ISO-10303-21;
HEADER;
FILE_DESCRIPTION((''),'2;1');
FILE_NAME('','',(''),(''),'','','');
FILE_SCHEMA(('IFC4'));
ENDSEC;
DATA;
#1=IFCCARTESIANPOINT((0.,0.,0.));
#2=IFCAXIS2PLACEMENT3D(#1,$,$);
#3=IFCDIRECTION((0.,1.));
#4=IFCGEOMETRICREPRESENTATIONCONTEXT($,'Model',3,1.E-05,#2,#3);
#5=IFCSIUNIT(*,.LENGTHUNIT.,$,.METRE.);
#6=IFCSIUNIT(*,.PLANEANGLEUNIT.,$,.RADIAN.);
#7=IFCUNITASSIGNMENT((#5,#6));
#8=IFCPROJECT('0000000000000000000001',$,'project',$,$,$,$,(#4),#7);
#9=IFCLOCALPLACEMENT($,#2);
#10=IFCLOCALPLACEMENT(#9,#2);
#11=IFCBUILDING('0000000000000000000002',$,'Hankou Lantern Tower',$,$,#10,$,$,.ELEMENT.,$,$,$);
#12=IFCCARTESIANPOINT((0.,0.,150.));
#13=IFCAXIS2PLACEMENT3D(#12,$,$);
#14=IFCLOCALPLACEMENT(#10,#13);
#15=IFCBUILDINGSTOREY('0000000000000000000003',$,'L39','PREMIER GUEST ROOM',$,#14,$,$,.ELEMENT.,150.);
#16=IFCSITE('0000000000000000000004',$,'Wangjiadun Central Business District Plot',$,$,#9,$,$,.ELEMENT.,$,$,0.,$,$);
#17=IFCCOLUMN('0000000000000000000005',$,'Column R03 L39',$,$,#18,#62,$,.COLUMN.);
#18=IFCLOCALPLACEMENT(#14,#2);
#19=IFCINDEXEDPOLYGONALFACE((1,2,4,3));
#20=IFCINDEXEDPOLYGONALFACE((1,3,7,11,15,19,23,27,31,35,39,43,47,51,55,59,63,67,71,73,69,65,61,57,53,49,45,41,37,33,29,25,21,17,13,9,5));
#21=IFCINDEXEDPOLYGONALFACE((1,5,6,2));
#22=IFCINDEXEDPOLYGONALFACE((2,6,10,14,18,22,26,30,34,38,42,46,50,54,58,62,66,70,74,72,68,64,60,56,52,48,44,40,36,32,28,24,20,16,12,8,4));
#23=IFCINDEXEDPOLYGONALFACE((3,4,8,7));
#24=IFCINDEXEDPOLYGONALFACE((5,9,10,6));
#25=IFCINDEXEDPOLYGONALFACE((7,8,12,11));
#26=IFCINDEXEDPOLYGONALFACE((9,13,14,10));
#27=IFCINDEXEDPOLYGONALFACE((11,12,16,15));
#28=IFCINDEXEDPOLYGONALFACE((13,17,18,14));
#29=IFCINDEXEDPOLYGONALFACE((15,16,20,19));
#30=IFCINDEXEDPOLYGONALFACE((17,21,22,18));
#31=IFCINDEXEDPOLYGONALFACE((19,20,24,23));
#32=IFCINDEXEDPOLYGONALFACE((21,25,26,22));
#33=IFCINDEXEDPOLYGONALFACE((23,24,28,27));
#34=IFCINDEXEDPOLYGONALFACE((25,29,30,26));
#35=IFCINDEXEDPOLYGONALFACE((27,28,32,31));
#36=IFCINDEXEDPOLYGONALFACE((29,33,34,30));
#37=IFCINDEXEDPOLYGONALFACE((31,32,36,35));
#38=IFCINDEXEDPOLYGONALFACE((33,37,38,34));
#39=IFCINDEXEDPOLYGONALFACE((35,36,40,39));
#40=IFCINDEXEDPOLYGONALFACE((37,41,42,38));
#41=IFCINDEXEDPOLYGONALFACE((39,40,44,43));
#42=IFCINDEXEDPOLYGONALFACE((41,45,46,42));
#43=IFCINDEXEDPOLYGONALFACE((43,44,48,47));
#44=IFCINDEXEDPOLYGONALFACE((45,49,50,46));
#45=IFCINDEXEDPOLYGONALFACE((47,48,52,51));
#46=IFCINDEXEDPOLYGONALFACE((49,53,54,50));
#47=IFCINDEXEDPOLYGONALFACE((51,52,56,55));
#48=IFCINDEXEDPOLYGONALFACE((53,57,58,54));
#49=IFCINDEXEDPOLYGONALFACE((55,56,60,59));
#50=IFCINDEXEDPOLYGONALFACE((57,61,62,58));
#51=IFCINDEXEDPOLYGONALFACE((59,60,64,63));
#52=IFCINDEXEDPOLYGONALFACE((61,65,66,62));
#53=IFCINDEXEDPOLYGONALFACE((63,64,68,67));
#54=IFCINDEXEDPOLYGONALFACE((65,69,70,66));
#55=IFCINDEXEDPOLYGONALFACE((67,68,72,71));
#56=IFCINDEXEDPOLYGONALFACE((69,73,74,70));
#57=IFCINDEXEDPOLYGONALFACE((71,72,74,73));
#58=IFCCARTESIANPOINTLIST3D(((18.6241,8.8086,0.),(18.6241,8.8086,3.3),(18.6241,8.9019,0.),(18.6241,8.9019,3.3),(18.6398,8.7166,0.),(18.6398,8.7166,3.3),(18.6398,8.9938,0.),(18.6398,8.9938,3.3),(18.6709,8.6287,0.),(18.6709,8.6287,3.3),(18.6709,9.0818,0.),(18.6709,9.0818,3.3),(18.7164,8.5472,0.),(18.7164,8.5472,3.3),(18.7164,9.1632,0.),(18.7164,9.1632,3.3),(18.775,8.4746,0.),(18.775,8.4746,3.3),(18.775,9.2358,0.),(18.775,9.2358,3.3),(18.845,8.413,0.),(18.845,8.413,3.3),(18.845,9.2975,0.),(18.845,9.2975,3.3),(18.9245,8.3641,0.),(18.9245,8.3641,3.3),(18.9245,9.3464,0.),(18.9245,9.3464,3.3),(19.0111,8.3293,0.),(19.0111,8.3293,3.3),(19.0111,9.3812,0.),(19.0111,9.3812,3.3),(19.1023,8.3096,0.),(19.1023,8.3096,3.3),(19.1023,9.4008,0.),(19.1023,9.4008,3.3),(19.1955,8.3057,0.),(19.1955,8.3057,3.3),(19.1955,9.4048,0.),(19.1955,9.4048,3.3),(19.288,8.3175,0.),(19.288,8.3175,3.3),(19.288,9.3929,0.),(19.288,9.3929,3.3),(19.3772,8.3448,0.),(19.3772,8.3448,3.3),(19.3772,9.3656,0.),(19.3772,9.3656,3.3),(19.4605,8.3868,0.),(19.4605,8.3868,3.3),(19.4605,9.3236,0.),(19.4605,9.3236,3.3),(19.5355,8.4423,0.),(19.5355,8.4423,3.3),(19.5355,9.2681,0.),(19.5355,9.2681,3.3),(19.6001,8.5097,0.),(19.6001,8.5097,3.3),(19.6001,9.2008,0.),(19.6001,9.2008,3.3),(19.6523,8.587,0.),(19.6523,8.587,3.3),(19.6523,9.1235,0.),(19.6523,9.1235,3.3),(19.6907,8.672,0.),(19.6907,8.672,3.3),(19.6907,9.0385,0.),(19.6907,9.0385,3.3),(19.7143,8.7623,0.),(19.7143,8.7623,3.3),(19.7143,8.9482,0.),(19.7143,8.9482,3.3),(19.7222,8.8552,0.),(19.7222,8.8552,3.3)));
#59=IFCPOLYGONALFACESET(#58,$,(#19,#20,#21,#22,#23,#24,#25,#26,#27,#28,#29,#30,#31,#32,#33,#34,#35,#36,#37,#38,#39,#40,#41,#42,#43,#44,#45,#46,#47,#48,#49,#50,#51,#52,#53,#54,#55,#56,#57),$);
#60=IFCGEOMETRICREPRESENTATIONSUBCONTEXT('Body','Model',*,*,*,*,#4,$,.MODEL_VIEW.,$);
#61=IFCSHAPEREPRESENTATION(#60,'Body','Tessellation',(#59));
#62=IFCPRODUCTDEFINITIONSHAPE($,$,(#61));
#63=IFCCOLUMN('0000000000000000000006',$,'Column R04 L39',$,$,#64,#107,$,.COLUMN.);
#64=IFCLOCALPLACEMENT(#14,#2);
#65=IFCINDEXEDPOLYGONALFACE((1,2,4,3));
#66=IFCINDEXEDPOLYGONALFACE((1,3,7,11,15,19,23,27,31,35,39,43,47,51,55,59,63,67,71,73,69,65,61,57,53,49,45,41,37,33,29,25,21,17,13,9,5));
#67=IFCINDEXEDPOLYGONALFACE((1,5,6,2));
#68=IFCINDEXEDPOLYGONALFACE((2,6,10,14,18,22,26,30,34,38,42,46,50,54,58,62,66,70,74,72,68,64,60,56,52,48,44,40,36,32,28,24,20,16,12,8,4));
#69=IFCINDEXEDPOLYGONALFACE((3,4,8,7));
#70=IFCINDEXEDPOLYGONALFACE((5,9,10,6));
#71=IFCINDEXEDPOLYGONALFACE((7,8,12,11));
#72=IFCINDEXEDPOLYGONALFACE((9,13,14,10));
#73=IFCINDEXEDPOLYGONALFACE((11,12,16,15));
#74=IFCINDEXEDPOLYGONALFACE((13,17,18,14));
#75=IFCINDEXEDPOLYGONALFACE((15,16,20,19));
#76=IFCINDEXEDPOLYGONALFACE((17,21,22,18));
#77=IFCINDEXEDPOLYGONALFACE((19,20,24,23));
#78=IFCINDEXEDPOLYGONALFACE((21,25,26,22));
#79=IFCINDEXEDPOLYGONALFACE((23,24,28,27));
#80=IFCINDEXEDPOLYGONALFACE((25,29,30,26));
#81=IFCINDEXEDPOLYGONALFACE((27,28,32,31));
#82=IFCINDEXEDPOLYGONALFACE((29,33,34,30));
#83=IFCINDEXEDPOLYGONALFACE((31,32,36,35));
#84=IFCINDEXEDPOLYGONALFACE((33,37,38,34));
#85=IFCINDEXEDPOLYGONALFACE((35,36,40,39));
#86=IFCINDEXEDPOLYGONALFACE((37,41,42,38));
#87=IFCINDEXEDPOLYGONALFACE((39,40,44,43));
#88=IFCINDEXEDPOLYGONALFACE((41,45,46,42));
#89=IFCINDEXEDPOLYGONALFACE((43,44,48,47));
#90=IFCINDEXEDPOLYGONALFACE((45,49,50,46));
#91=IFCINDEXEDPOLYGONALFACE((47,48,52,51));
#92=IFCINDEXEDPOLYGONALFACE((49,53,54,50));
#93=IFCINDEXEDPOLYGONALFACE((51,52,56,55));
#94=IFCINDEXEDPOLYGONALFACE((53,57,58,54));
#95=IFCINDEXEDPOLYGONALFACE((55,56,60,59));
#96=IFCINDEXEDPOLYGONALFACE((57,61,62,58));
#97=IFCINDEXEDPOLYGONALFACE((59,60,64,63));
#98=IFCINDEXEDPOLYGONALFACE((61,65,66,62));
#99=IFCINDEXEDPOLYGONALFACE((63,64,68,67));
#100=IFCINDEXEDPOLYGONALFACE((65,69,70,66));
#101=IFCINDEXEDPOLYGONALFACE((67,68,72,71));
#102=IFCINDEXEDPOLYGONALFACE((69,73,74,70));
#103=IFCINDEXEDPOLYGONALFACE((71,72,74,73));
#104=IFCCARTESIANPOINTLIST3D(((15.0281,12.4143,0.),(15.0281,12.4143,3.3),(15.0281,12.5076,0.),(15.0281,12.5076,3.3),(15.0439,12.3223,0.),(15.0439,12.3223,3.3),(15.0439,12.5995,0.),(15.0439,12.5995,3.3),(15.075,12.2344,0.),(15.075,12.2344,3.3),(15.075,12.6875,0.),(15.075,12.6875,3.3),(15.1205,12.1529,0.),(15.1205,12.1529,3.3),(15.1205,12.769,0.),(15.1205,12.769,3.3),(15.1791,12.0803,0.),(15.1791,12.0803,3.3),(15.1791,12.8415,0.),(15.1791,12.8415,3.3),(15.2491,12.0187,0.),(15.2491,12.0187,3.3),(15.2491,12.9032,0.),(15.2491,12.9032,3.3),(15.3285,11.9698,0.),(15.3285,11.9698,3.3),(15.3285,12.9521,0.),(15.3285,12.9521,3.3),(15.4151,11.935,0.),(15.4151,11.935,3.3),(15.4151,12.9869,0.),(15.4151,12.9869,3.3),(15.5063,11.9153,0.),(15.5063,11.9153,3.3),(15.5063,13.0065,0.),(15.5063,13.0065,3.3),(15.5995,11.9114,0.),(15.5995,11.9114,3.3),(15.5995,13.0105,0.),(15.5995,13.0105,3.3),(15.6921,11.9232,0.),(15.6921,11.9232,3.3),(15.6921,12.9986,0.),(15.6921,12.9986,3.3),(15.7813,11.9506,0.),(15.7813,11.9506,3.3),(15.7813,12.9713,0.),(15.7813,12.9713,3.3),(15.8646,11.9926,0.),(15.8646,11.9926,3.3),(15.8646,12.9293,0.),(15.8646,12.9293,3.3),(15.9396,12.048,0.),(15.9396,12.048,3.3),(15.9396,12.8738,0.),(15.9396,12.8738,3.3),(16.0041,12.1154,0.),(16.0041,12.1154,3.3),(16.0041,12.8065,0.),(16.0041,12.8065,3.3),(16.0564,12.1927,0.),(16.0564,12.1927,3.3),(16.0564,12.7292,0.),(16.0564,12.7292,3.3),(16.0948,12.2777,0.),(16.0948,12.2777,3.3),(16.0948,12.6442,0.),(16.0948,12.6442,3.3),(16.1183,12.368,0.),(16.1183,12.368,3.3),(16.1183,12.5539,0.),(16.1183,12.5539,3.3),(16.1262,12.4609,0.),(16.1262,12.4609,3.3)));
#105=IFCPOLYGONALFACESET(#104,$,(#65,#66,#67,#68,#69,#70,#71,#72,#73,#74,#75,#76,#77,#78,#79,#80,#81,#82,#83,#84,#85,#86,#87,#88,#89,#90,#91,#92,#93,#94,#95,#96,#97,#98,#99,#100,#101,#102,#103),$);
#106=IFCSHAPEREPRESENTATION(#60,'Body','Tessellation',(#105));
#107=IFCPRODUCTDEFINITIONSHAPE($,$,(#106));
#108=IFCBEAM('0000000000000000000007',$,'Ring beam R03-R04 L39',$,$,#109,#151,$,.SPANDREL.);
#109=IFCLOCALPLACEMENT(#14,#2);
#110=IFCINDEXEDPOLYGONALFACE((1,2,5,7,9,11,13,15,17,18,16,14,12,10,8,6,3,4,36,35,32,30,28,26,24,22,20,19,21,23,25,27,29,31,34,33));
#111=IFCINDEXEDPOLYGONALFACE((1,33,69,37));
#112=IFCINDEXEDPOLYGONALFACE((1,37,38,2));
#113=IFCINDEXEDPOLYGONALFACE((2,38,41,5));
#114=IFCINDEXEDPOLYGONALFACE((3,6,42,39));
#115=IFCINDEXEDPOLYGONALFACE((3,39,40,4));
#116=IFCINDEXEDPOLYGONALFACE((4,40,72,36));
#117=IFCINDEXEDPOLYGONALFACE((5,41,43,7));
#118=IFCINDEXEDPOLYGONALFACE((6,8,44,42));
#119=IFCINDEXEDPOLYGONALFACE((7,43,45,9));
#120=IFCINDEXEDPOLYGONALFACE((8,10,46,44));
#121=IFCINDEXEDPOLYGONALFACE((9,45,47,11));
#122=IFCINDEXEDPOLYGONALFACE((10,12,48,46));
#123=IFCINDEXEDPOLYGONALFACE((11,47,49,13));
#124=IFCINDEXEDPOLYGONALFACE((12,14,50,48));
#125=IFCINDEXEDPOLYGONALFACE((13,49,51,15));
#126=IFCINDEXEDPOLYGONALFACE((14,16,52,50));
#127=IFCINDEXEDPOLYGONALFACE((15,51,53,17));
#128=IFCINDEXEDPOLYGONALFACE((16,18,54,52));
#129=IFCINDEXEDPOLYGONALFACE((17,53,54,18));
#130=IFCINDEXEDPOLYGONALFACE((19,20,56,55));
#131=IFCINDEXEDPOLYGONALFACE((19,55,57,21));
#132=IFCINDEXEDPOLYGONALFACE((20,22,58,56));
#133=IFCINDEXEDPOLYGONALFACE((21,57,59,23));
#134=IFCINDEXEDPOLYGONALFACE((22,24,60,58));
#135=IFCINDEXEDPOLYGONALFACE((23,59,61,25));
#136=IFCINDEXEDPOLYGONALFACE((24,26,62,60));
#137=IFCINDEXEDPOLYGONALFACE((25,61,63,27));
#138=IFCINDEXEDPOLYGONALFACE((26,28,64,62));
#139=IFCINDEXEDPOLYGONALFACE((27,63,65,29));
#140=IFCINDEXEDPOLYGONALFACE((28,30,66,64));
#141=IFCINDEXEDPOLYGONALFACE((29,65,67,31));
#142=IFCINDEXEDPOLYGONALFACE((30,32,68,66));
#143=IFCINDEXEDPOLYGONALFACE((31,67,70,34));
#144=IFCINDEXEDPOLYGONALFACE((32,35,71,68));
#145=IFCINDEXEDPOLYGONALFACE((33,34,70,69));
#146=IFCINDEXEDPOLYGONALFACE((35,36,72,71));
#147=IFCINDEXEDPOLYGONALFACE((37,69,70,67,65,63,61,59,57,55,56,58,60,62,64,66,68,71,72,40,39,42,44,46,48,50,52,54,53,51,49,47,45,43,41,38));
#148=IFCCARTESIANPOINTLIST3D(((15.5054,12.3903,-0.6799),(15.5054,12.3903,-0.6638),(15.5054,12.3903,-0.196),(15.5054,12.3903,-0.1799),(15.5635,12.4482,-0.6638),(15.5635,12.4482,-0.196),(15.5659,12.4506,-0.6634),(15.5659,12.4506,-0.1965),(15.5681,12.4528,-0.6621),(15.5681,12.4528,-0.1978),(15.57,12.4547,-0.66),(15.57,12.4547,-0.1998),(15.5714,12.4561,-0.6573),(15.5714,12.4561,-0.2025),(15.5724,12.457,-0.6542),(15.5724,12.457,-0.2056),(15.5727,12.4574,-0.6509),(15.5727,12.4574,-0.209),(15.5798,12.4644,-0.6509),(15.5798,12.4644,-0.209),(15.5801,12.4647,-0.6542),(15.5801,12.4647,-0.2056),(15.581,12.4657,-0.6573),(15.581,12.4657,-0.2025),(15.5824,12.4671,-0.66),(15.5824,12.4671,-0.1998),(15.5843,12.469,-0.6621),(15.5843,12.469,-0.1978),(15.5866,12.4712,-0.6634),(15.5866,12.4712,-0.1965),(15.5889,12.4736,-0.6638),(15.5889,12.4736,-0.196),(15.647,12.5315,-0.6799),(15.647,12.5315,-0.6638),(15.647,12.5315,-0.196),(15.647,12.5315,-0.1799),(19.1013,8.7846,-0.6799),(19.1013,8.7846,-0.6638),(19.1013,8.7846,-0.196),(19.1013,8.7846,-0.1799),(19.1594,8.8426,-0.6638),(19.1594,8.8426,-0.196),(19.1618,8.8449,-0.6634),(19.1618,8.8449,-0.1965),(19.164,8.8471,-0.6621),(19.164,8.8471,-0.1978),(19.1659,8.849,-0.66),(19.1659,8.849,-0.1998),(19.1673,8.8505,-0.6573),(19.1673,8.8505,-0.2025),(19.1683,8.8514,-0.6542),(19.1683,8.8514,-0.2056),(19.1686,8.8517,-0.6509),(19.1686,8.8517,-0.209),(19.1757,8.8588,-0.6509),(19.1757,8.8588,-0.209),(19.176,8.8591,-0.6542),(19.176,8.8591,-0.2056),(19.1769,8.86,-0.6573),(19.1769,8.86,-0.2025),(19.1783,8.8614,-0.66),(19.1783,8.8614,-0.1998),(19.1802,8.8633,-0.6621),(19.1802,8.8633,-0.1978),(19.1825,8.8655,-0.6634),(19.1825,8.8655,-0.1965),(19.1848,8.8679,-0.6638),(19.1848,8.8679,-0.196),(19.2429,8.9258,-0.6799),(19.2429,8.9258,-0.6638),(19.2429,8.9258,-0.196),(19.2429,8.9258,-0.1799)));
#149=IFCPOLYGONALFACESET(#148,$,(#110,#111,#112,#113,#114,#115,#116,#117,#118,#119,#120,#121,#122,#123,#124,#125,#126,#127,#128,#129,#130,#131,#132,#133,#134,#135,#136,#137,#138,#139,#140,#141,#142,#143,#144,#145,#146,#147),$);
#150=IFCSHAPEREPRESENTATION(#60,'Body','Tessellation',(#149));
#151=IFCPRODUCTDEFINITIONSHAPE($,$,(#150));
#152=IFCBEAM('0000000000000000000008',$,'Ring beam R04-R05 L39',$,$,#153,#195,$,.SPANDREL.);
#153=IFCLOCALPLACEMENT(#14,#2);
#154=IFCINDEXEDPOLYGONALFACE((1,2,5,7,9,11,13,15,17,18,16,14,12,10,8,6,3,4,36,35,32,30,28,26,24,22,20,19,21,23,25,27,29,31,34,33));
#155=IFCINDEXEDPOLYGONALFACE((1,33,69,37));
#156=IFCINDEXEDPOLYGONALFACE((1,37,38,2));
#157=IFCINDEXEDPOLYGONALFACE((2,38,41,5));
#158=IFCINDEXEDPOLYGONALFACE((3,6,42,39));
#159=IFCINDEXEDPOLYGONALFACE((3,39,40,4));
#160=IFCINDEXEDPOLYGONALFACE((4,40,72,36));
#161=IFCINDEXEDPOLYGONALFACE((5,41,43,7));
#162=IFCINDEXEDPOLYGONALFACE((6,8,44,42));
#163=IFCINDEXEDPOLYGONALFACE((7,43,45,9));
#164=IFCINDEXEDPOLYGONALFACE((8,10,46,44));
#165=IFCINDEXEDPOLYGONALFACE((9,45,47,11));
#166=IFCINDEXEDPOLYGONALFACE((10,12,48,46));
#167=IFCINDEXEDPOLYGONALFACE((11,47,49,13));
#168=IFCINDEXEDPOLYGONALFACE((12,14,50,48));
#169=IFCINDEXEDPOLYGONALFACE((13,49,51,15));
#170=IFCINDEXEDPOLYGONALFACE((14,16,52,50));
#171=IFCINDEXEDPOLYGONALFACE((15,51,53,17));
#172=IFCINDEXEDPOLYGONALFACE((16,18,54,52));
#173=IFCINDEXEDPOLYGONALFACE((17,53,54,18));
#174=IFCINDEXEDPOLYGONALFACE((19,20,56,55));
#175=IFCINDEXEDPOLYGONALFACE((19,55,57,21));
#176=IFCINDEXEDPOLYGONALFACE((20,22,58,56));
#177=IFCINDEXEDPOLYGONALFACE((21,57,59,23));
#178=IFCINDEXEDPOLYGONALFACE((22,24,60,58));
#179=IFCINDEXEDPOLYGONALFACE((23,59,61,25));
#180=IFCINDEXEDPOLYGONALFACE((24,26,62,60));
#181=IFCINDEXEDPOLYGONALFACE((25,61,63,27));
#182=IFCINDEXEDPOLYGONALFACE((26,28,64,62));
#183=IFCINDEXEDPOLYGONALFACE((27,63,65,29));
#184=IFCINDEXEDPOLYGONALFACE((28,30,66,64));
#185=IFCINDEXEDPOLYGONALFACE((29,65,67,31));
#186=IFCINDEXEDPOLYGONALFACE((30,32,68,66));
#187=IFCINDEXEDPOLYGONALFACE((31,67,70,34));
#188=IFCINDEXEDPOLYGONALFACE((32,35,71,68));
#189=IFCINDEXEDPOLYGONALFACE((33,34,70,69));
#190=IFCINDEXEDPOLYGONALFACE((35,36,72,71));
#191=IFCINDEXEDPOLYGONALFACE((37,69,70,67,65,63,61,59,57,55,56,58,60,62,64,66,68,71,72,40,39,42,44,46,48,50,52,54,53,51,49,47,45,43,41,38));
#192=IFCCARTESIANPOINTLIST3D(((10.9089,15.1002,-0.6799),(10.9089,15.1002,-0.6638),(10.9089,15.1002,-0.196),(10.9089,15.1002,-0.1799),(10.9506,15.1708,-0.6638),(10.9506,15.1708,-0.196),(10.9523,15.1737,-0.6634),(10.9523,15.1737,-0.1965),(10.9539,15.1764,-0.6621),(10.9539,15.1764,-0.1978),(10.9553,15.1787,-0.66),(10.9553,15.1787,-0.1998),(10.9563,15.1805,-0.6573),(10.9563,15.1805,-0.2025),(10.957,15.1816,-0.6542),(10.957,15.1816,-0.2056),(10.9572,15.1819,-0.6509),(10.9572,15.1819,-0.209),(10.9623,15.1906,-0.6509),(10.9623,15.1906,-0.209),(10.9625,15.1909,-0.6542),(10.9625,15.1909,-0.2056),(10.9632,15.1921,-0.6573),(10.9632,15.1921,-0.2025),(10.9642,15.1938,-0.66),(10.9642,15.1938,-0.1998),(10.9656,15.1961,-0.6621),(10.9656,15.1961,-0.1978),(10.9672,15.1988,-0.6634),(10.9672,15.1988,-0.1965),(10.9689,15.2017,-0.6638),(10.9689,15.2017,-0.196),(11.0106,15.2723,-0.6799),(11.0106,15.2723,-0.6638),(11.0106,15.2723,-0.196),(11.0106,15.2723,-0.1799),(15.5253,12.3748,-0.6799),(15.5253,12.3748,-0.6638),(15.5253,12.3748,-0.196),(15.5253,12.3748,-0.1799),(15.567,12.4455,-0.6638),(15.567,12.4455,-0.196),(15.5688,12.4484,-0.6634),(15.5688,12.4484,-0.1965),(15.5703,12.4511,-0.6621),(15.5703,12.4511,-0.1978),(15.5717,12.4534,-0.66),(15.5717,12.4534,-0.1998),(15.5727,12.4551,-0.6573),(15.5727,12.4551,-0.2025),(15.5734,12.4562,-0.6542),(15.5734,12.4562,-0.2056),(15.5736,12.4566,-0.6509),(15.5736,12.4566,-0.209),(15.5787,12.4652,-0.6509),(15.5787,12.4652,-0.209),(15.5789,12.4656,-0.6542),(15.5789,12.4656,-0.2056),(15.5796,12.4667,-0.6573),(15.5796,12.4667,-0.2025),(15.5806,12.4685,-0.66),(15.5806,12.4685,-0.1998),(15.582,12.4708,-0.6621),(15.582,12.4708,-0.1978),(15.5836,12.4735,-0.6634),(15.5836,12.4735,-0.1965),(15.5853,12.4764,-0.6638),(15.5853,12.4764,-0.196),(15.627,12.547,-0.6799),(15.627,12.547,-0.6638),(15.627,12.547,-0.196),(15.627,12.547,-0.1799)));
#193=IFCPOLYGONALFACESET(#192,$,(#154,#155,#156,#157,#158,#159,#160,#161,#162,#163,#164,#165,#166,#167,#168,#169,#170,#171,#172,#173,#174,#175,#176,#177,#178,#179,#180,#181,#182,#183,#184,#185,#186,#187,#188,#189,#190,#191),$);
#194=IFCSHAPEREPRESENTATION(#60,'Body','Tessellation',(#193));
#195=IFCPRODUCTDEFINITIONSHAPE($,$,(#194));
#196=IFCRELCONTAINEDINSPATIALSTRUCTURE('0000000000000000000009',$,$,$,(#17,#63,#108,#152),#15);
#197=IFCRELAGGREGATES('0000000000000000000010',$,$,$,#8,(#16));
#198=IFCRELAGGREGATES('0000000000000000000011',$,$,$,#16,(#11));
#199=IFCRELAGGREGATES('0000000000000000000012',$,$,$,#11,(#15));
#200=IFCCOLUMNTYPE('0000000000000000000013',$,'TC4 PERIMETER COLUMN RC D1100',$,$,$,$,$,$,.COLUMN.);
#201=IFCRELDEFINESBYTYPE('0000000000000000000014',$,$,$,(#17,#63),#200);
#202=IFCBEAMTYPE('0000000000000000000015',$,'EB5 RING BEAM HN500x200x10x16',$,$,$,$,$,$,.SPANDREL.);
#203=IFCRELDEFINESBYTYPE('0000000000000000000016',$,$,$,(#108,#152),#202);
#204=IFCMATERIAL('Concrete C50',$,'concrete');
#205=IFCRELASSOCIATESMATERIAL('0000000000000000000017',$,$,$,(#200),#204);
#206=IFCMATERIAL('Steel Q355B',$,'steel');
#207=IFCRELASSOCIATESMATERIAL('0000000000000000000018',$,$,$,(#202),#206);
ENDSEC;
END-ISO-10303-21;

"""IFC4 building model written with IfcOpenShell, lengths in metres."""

from ifc_helpers import new_model, si_unit, direction, frame, origin, origin_2d, place, context, subcontext, project, spatial, circle, i_section, extrude, material, material_profile, profile_set, type_object, element, save


model = new_model("IFC4")

# Units and contexts
model_context = context("Model", 3, precision=1e-05, world=origin(), true_north=direction((0.0, 1.0)))
body_context = subcontext(model_context, "Body", "Model", "MODEL_VIEW")
ifc_project = project(units=[si_unit("LENGTHUNIT", "METRE"), si_unit("PLANEANGLEUNIT", "RADIAN")], contexts=[model_context])

# Site, building, storey
site_placement = place(None, origin())
site = spatial("IfcSite", under=ifc_project, at=site_placement, Name="Wangjiadun Central Business District Plot", CompositionType="ELEMENT", RefElevation=0.0)
building_placement = place(site_placement, origin())
building = spatial("IfcBuilding", under=site, at=building_placement, Name="Hankou Lantern Tower", CompositionType="ELEMENT")
storey_placement = place(building_placement, frame((0.0, 0.0, 150.0)))
storey = spatial("IfcBuildingStorey", under=building, at=storey_placement, Name="L39", Description="PREMIER GUEST ROOM", CompositionType="ELEMENT", Elevation=150.0)

# Columns
ifc_material_1 = material(Name="Concrete C50", Category="concrete")
ifc_material_profile_1 = material_profile(ifc_material_1, circle(Radius=0.55, at=origin_2d()), Name="RC D1100")
ifc_profile_set_1 = profile_set([ifc_material_profile_1], Name="Concrete C50")
column_type = type_object("IfcColumnType", Name="TC4 PERIMETER COLUMN RC D1100", PredefinedType="COLUMN", material=ifc_profile_set_1)
for number, where, z_axis, x_axis, name in (
    (1, (19.1721, 8.8552, 0.0), (0.0, 0.0, 1.0), (1.0, 0.0, 0.0), "Column R03 L39"),
    (2, (15.5762, 12.4609, 0.0), (0.0, 0.0, 1.0), (1.0, 0.0, 0.0), "Column R04 L39"),
):
    element("IfcColumn", number, at=place(storey_placement, frame(where, z_axis=z_axis, x_axis=x_axis)), inside=storey, type_object=column_type, Name=name, PredefinedType="COLUMN", context=body_context, shape_type="SweptSolid", body=[
        extrude(circle(Radius=0.55, at=origin_2d()), origin(), (0.0, 0.0, 1.0), 3.3),
    ])

# Beams
ifc_material_2 = material(Name="Steel Q355B", Category="steel")
ifc_material_profile_2 = material_profile(ifc_material_2, i_section(OverallWidth=0.2, OverallDepth=0.5, WebThickness=0.01, FlangeThickness=0.0161, FilletRadius=0.0129, at=origin_2d()), Name="HN500x200x10x16")
ifc_profile_set_2 = profile_set([ifc_material_profile_2], Name="Steel Q355B")
beam_type_1 = type_object("IfcBeamType", Name="EB5 RING BEAM HN500x200x10x16", PredefinedType="SPANDREL", material=ifc_profile_set_2)
beam_1_placement = place(storey_placement, frame((19.1721, 8.8552, -0.4299), z_axis=(-0.706147, 0.708065, 0.0), x_axis=(-0.708065, -0.706147, 0.0)))
element("IfcBeam", 3, at=beam_1_placement, inside=storey, type_object=beam_type_1, Name="Ring beam R03-R04 L39", PredefinedType="SPANDREL", context=body_context, shape_type="SweptSolid", body=[
    extrude(i_section(OverallWidth=0.2, OverallDepth=0.5, WebThickness=0.01, FlangeThickness=0.0161, FilletRadius=0.0129, at=origin_2d()), origin(), (0.0, 0.0, 1.0), 5.0923),
])
beam_2_placement = place(storey_placement, frame((15.5762, 12.4609, -0.4299), z_axis=(-0.861136, 0.508375, 0.0), x_axis=(-0.508375, -0.861136, 0.0)))
element("IfcBeam", 4, at=beam_2_placement, inside=storey, type_object=beam_type_1, Name="Ring beam R04-R05 L39", PredefinedType="SPANDREL", context=body_context, shape_type="SweptSolid", body=[
    extrude(i_section(OverallWidth=0.2, OverallDepth=0.5, WebThickness=0.01, FlangeThickness=0.0161, FilletRadius=0.0129, at=origin_2d()), origin(), (0.0, 0.0, 1.0), 5.3608),
])

save(model, "model.ifc")
